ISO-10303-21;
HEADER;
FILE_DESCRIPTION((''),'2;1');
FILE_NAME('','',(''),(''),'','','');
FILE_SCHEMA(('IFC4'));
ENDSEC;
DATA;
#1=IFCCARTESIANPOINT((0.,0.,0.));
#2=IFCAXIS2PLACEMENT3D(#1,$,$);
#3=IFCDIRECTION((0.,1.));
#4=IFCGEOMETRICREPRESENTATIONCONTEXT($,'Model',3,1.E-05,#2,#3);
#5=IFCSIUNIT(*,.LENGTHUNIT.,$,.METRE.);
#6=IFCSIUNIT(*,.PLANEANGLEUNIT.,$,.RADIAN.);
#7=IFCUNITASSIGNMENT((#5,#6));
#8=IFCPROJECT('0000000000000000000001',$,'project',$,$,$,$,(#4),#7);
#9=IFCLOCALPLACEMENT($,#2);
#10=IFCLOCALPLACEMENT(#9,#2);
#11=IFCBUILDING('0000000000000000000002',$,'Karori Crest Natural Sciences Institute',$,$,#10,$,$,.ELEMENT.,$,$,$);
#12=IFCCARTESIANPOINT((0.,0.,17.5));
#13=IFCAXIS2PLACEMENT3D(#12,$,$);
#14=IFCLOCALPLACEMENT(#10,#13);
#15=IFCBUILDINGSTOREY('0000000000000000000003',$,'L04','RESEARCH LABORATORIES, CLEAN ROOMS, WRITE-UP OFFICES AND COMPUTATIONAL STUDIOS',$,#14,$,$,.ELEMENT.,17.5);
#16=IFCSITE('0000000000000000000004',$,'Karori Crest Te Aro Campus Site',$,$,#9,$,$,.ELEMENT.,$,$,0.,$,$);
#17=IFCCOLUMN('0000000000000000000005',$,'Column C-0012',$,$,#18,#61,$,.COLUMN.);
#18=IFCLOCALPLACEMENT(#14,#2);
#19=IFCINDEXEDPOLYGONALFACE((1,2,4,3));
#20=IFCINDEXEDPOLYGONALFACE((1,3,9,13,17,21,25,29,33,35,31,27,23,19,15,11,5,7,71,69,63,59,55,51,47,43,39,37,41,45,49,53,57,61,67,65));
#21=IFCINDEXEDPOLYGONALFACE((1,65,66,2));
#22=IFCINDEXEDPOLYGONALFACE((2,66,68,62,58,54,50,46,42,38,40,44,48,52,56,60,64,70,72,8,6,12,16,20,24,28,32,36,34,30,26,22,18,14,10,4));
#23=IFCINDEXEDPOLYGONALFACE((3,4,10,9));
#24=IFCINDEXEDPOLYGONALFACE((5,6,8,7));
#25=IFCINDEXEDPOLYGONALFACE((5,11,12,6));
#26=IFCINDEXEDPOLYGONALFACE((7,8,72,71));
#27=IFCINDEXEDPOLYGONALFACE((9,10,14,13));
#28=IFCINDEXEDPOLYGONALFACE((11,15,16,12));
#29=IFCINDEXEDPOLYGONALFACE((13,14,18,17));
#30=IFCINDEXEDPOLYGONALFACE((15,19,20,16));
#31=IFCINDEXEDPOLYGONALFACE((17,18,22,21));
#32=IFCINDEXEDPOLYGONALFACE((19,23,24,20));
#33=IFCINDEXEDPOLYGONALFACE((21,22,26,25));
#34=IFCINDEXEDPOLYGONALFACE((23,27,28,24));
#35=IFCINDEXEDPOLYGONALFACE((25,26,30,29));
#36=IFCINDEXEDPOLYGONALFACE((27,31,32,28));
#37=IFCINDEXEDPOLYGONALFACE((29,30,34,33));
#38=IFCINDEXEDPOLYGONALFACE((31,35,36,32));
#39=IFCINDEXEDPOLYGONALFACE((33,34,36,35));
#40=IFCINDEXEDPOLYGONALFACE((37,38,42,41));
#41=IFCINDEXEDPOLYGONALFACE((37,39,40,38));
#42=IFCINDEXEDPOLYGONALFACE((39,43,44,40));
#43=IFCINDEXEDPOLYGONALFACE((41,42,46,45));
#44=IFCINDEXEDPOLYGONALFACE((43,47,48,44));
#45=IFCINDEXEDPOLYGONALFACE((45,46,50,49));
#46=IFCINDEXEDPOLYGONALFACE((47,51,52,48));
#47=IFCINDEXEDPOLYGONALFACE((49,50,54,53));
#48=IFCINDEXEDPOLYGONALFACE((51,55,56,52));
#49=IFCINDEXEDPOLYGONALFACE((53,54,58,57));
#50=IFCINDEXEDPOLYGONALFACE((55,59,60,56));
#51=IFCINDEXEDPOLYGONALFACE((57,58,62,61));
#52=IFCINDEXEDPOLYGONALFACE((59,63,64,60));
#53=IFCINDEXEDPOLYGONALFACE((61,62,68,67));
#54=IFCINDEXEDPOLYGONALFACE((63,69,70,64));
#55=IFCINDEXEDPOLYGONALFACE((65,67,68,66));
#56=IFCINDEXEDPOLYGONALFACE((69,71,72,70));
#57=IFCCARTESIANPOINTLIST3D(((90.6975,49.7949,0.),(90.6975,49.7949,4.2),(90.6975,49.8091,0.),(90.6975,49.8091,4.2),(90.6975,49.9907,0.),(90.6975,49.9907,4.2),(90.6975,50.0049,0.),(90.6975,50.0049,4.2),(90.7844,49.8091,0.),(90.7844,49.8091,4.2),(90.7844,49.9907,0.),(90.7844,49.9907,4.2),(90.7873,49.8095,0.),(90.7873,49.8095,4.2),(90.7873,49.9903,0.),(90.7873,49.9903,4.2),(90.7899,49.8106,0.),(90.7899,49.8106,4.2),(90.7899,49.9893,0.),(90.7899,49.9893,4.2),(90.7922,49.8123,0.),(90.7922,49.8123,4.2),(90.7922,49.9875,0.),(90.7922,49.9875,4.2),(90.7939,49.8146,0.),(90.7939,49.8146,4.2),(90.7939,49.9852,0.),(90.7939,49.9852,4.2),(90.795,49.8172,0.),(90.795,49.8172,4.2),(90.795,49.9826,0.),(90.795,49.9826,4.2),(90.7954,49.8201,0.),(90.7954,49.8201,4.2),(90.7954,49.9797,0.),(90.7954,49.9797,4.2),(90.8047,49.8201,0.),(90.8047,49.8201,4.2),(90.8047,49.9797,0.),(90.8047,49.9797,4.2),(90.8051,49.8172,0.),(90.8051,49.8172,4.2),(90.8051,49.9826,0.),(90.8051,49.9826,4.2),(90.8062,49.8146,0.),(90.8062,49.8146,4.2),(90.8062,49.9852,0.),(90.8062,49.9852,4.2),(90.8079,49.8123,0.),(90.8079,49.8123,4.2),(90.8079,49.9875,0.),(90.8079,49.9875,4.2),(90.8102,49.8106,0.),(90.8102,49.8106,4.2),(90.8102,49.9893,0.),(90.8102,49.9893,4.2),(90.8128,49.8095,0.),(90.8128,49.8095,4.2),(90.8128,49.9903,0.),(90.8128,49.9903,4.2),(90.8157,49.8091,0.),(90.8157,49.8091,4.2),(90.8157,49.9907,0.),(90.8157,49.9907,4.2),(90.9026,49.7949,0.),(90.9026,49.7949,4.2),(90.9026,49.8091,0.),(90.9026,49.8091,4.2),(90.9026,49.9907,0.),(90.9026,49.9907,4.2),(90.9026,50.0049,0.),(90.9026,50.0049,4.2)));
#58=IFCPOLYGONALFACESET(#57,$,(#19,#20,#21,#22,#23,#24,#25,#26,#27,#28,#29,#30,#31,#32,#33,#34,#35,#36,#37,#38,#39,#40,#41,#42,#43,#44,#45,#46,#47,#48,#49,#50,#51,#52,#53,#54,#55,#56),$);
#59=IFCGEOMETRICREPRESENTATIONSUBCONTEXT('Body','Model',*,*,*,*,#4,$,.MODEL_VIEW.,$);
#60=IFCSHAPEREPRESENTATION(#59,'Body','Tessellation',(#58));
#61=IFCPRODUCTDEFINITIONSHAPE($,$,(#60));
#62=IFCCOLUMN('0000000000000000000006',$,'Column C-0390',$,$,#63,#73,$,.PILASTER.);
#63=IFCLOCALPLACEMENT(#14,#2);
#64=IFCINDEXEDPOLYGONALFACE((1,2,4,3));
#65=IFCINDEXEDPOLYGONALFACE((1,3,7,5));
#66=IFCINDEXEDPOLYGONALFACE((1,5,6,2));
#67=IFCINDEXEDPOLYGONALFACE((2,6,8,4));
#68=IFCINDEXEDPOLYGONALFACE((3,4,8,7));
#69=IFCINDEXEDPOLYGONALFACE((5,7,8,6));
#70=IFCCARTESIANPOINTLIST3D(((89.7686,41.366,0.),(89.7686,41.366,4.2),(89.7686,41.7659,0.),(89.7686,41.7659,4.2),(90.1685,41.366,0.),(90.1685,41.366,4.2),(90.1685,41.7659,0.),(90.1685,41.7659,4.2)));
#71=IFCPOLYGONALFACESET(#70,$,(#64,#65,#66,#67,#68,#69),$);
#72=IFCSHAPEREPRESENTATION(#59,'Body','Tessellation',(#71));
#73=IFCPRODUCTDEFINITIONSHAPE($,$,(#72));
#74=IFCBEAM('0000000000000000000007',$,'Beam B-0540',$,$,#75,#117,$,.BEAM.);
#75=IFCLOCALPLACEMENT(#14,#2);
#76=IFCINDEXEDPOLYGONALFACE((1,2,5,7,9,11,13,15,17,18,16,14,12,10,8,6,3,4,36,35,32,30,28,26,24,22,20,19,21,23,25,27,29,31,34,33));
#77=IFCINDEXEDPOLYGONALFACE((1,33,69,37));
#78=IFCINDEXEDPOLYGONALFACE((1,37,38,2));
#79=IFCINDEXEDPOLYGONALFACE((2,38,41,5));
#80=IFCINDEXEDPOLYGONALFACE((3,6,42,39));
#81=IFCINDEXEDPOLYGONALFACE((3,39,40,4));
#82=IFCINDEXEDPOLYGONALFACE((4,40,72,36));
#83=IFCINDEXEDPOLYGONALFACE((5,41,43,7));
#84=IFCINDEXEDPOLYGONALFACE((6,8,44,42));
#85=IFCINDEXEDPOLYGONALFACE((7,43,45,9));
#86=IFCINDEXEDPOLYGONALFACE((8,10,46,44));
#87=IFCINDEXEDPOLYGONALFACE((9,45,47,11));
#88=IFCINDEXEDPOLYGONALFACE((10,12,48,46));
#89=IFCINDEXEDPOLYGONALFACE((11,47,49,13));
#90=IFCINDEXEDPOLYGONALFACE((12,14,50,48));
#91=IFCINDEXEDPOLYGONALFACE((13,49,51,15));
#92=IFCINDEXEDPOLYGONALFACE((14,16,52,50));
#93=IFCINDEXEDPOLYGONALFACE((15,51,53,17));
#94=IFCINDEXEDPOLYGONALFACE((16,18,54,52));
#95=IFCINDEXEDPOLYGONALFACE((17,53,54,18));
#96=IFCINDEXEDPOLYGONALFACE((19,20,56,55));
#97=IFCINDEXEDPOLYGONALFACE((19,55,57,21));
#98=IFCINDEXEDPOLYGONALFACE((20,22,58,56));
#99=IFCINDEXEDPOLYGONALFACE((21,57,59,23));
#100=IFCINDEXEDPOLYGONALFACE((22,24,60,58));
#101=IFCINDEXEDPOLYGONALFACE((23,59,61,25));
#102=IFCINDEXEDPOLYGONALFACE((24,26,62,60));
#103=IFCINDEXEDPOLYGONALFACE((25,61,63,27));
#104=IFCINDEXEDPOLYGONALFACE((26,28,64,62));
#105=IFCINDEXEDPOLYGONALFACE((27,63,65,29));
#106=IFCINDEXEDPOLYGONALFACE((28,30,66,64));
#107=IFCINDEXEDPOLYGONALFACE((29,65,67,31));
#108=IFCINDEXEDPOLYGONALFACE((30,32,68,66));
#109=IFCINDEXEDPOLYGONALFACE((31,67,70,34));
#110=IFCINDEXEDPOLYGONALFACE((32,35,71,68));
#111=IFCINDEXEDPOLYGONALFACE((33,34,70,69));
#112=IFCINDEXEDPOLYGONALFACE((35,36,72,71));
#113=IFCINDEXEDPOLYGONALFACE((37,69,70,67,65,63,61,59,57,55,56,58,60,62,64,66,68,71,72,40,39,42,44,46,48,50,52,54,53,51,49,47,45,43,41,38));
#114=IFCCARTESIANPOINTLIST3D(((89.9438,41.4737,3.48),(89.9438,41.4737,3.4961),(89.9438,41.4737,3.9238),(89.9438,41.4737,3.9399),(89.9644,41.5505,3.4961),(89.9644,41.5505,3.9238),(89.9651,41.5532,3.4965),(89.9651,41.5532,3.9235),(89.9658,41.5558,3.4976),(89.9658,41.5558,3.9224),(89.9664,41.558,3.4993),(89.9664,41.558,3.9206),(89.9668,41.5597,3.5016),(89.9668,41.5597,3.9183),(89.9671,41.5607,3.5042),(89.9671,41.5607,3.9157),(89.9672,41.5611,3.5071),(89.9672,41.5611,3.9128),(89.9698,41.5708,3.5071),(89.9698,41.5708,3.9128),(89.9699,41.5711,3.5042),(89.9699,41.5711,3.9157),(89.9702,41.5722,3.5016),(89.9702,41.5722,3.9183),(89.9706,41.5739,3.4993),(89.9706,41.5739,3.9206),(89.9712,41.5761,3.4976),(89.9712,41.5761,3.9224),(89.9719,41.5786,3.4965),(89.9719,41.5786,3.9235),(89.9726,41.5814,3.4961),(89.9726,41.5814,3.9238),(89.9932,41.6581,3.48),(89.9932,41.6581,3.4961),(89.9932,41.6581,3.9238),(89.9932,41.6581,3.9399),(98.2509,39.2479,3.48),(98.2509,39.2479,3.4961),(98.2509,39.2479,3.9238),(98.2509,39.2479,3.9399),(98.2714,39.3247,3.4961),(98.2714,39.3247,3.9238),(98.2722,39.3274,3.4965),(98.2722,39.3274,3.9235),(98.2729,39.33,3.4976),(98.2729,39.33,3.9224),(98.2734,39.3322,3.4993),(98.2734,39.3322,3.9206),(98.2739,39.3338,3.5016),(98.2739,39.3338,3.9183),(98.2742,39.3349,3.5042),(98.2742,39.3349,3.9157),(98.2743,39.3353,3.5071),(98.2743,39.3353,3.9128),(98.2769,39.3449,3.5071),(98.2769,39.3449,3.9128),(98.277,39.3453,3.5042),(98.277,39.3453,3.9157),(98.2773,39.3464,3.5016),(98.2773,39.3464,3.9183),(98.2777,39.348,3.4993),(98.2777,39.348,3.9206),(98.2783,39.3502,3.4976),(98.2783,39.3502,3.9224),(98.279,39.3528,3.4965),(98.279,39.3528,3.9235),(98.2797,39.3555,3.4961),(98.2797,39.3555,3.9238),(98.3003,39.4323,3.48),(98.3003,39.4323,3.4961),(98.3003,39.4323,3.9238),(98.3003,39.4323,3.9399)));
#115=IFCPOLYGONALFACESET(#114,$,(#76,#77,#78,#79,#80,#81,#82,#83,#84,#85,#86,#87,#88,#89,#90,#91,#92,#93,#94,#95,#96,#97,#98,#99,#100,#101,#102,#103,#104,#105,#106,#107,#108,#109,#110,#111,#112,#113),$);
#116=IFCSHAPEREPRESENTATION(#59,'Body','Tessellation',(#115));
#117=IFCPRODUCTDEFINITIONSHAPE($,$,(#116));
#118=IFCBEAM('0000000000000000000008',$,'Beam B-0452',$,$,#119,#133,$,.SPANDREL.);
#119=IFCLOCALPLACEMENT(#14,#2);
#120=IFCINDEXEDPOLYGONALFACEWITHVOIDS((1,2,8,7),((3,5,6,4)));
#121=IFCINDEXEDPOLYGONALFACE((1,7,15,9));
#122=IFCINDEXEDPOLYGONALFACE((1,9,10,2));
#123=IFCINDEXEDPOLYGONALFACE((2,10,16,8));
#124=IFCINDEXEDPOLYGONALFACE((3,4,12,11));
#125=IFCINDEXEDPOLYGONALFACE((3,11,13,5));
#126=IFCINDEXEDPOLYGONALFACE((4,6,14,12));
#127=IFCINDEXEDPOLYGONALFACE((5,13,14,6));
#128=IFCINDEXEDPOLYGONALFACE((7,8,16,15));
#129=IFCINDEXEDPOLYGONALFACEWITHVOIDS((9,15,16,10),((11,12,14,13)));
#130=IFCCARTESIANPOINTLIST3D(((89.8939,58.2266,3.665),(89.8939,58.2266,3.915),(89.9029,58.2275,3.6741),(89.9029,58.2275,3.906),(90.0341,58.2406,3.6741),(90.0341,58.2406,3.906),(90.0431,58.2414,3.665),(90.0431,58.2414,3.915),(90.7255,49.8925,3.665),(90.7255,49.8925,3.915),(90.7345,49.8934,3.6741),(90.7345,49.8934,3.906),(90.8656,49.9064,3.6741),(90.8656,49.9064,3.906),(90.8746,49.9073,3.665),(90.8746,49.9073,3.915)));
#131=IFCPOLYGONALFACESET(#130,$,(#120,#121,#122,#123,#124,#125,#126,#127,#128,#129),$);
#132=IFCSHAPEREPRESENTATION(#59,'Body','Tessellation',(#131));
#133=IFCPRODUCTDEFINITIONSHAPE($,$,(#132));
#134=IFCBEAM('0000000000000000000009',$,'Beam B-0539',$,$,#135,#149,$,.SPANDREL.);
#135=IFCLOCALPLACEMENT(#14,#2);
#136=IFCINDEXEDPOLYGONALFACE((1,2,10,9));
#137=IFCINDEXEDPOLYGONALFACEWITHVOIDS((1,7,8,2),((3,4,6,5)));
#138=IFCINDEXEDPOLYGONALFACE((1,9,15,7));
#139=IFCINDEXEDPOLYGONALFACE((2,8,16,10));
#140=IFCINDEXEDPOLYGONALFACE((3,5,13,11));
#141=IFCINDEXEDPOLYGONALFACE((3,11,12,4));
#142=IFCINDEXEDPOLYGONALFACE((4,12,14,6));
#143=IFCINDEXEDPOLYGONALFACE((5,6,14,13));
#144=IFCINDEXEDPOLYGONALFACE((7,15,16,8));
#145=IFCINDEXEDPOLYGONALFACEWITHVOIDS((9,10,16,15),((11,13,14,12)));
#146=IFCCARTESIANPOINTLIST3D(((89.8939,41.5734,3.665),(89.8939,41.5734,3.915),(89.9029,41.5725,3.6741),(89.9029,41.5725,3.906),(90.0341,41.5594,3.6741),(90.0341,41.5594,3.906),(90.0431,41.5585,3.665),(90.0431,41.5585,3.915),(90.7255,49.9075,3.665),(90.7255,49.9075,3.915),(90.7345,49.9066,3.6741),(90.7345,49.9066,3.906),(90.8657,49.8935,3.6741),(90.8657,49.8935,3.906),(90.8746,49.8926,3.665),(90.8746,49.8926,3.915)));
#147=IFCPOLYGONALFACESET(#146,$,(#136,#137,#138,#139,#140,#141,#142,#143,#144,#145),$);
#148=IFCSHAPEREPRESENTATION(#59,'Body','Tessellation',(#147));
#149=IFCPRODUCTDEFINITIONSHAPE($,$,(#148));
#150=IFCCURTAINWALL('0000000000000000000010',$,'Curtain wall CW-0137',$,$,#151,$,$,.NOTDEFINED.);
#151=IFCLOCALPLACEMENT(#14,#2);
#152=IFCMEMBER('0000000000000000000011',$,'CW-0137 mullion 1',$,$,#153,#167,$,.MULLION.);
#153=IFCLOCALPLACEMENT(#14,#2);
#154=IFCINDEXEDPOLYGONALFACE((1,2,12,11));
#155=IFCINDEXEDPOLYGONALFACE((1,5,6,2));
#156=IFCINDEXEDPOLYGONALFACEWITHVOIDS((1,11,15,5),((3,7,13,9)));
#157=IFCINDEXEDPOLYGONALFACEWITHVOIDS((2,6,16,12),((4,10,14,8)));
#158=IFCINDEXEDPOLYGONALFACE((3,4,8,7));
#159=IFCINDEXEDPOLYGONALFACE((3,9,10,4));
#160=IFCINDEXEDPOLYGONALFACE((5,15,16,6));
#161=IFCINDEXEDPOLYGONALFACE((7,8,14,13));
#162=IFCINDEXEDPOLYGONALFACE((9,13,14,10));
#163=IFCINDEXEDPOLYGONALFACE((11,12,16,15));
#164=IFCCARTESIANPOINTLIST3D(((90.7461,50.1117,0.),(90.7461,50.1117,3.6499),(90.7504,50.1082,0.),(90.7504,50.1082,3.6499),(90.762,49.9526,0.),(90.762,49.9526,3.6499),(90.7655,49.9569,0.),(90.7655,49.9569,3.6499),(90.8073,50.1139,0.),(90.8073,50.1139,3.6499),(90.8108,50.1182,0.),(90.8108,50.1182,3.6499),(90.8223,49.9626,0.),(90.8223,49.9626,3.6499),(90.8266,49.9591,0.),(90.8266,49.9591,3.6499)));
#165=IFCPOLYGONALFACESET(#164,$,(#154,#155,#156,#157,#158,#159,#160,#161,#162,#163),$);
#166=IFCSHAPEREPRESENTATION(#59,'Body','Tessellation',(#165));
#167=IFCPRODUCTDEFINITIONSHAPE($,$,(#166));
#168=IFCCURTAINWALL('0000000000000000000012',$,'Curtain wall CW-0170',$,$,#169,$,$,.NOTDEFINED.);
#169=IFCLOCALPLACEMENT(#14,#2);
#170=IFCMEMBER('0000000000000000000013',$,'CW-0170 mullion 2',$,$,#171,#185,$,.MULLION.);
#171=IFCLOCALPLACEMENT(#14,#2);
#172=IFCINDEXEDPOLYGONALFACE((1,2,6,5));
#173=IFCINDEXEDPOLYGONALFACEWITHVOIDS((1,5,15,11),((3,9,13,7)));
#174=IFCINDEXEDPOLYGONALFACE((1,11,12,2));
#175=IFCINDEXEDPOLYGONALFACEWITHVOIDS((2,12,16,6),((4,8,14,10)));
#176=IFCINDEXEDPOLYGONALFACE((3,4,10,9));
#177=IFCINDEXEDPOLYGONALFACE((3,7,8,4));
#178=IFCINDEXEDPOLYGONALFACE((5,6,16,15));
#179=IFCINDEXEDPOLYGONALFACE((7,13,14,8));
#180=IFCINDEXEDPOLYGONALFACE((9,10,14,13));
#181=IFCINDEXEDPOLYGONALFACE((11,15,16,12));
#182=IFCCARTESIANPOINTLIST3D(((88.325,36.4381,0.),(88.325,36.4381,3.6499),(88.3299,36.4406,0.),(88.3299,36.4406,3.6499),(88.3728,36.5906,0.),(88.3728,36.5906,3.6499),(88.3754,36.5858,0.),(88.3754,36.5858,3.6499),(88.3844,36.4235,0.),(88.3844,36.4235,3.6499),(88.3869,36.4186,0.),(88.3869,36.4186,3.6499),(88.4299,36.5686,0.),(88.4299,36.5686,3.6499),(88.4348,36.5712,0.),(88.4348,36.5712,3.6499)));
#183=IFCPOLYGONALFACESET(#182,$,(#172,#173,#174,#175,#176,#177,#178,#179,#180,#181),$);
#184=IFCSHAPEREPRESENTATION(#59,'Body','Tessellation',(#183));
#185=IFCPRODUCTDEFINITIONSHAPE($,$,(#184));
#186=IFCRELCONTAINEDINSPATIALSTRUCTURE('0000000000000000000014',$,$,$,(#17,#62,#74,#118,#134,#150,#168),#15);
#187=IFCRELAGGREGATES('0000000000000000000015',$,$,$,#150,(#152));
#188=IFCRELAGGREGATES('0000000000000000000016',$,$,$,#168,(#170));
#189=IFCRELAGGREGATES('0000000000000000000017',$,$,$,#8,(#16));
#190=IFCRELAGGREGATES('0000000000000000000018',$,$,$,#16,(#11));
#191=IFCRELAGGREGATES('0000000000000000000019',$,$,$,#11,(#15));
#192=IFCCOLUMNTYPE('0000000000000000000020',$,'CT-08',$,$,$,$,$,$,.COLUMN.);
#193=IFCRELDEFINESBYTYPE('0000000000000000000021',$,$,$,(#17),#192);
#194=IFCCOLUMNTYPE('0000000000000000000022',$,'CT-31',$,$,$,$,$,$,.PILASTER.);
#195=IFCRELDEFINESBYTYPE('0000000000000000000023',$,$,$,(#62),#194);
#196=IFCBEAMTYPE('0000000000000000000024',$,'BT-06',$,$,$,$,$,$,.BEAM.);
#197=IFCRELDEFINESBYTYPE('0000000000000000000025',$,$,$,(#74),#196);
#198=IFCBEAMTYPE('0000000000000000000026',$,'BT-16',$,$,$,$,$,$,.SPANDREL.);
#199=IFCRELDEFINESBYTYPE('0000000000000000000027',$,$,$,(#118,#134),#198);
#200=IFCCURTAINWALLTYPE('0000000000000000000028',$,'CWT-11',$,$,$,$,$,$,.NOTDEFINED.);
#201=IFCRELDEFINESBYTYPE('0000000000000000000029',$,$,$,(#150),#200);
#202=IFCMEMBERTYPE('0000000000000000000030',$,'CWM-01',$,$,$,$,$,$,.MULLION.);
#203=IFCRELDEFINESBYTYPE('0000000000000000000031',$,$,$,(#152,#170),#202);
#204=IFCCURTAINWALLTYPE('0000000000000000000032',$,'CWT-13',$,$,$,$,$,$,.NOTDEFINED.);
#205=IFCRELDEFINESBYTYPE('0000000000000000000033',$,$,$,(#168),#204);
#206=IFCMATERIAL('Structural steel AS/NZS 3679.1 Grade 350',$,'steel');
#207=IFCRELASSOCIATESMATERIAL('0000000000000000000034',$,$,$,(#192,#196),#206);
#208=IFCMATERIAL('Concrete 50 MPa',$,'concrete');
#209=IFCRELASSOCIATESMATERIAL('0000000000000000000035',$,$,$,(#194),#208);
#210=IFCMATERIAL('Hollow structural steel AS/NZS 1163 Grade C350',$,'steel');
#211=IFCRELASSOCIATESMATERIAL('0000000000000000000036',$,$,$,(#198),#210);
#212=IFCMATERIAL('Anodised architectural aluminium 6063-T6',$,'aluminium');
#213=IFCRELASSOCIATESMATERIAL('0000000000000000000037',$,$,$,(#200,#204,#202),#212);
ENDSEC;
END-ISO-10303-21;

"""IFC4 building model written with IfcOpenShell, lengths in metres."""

from ifc_helpers import new_model, si_unit, direction, frame, origin, origin_2d, place, context, subcontext, project, spatial, rectangle, hollow_rectangle, i_section, extrude, material, material_profile, profile_set, type_object, element, aggregate, save


model = new_model("IFC4")

# Units and contexts
model_context = context("Model", 3, precision=1e-05, world=origin(), true_north=direction((0.0, 1.0)))
body_context = subcontext(model_context, "Body", "Model", "MODEL_VIEW")
ifc_project = project(units=[si_unit("LENGTHUNIT", "METRE"), si_unit("PLANEANGLEUNIT", "RADIAN")], contexts=[model_context])

# Site, building, storey
site_placement = place(None, origin())
site = spatial("IfcSite", under=ifc_project, at=site_placement, Name="Karori Crest Te Aro Campus Site", CompositionType="ELEMENT", RefElevation=0.0)
building_placement = place(site_placement, origin())
building = spatial("IfcBuilding", under=site, at=building_placement, Name="Karori Crest Natural Sciences Institute", CompositionType="ELEMENT")
storey_placement = place(building_placement, frame((0.0, 0.0, 17.5)))
storey = spatial("IfcBuildingStorey", under=building, at=storey_placement, Name="L04", Description="RESEARCH LABORATORIES, CLEAN ROOMS, WRITE-UP OFFICES AND COMPUTATIONAL STUDIOS", CompositionType="ELEMENT", Elevation=17.5)

# Columns
ifc_material_1 = material(Name="Structural steel AS/NZS 3679.1 Grade 350", Category="steel")
ifc_material_profile_1 = material_profile(ifc_material_1, i_section(OverallWidth=0.2051, OverallDepth=0.21, WebThickness=0.0093, FlangeThickness=0.0142, FilletRadius=0.011, at=origin_2d()), Name="200UC59.5")
ifc_profile_set_1 = profile_set([ifc_material_profile_1], Name="Structural steel AS/NZS 3679.1 Grade 350")
column_type_1 = type_object("IfcColumnType", Name="CT-08", PredefinedType="COLUMN", material=ifc_profile_set_1)
column_1_placement = place(storey_placement, frame((90.8, 49.8999, 0.0), z_axis=(0.0, 0.0, 1.0), x_axis=(1.0, 0.0, 0.0)))
element("IfcColumn", 1, at=column_1_placement, inside=storey, type_object=column_type_1, Name="Column C-0012", PredefinedType="COLUMN", context=body_context, shape_type="SweptSolid", body=[
    extrude(i_section(OverallWidth=0.2051, OverallDepth=0.21, WebThickness=0.0093, FlangeThickness=0.0142, FilletRadius=0.011, at=origin_2d()), origin(), (0.0, 0.0, 1.0), 4.2),
])
ifc_material_2 = material(Name="Concrete 50 MPa", Category="concrete")
ifc_material_profile_2 = material_profile(ifc_material_2, rectangle(XDim=0.3999, YDim=0.3999, at=origin_2d()), Name="RC400x400")
ifc_profile_set_2 = profile_set([ifc_material_profile_2], Name="Concrete 50 MPa")
column_type_2 = type_object("IfcColumnType", Name="CT-31", PredefinedType="PILASTER", material=ifc_profile_set_2)
column_2_placement = place(storey_placement, frame((89.9685, 41.5659, 0.0), z_axis=(0.0, 0.0, 1.0), x_axis=(1.0, 0.0, 0.0)))
element("IfcColumn", 2, at=column_2_placement, inside=storey, type_object=column_type_2, Name="Column C-0390", PredefinedType="PILASTER", context=body_context, shape_type="SweptSolid", body=[
    extrude(rectangle(XDim=0.3999, YDim=0.3999, at=origin_2d()), origin(), (0.0, 0.0, 1.0), 4.2),
])

# Beams
ifc_material_profile_3 = material_profile(ifc_material_1, i_section(OverallWidth=0.1909, OverallDepth=0.46, WebThickness=0.01, FlangeThickness=0.0161, FilletRadius=0.011, at=origin_2d()), Name="460UB82.1")
ifc_profile_set_3 = profile_set([ifc_material_profile_3], Name="Structural steel AS/NZS 3679.1 Grade 350")
beam_type_1 = type_object("IfcBeamType", Name="BT-06", PredefinedType="BEAM", material=ifc_profile_set_3)
beam_placement = place(storey_placement, frame((89.9685, 41.5659, 3.71), z_axis=(0.965928, -0.258813, 0.0), x_axis=(0.258813, 0.965928, 0.0)))
element("IfcBeam", 3, at=beam_placement, inside=storey, type_object=beam_type_1, Name="Beam B-0540", PredefinedType="BEAM", context=body_context, shape_type="SweptSolid", body=[
    extrude(i_section(OverallWidth=0.1909, OverallDepth=0.46, WebThickness=0.01, FlangeThickness=0.0161, FilletRadius=0.011, at=origin_2d()), origin(), (0.0, 0.0, 1.0), 8.6001),
])
ifc_material_3 = material(Name="Hollow structural steel AS/NZS 1163 Grade C350", Category="steel")
ifc_material_profile_4 = material_profile(ifc_material_3, hollow_rectangle(XDim=0.1499, YDim=0.25, WallThickness=0.009, at=origin_2d()), Name="RHS250x150x9")
ifc_profile_set_4 = profile_set([ifc_material_profile_4], Name="Hollow structural steel AS/NZS 1163 Grade C350")
beam_type_2 = type_object("IfcBeamType", Name="BT-16", PredefinedType="SPANDREL", material=ifc_profile_set_4)
for number, where, z_axis, x_axis, name in (
    (4, (90.8, 49.8999, 3.79), (-0.099284, 0.995059, 0.0), (-0.995059, -0.099284, 0.0), "Beam B-0452"),
    (5, (89.9685, 41.5659, 3.79), (0.099284, 0.995059, 0.0), (-0.995059, 0.099284, 0.0), "Beam B-0539"),
):
    element("IfcBeam", number, at=place(storey_placement, frame(where, z_axis=z_axis, x_axis=x_axis)), inside=storey, type_object=beam_type_2, Name=name, PredefinedType="SPANDREL", context=body_context, shape_type="SweptSolid", body=[
        extrude(hollow_rectangle(XDim=0.1499, YDim=0.25, WallThickness=0.009, at=origin_2d()), origin(), (0.0, 0.0, 1.0), 8.3755),
    ])

# Curtain wall, member
ifc_material_4 = material(Name="Anodised architectural aluminium 6063-T6", Category="aluminium")
curtain_wall_type_1 = type_object("IfcCurtainWallType", Name="CWT-11", PredefinedType="NOTDEFINED", material=ifc_material_4)
curtain_wall_1_placement = place(storey_placement, origin())
curtain_wall_1 = element("IfcCurtainWall", 6, at=curtain_wall_1_placement, inside=storey, type_object=curtain_wall_type_1, Name="Curtain wall CW-0137", PredefinedType="NOTDEFINED")
ifc_material_profile_5 = material_profile(ifc_material_4, hollow_rectangle(XDim=0.0649, YDim=0.1599, WallThickness=0.0039, at=origin_2d()), Name="CWM160x65x4")
ifc_profile_set_5 = profile_set([ifc_material_profile_5], Name="Anodised architectural aluminium 6063-T6")
member_type_1 = type_object("IfcMemberType", Name="CWM-01", PredefinedType="MULLION", material=ifc_profile_set_5)
member_1_placement = place(storey_placement, frame((90.7864, 50.0354, 0.0), z_axis=(0.0, 0.0, 1.0), x_axis=(-0.995061, -0.099268, 0.0)))
member_1 = element("IfcMember", 7, at=member_1_placement, type_object=member_type_1, Name="CW-0137 mullion 1", PredefinedType="MULLION", context=body_context, shape_type="SweptSolid", body=[
    extrude(hollow_rectangle(XDim=0.0649, YDim=0.1599, WallThickness=0.0039, at=origin_2d()), origin(), (0.0, 0.0, 1.0), 3.6499),
])

# Curtain wall, member
curtain_wall_type_2 = type_object("IfcCurtainWallType", Name="CWT-13", PredefinedType="NOTDEFINED", material=ifc_material_4)
curtain_wall_2_placement = place(storey_placement, origin())
curtain_wall_2 = element("IfcCurtainWall", 8, at=curtain_wall_2_placement, inside=storey, type_object=curtain_wall_type_2, Name="Curtain wall CW-0170", PredefinedType="NOTDEFINED")
member_2_placement = place(storey_placement, frame((88.3799, 36.5046, 0.0), z_axis=(0.0, 0.0, 1.0), x_axis=(-0.954104, 0.299475, 0.0)))
member_2 = element("IfcMember", 9, at=member_2_placement, type_object=member_type_1, Name="CW-0170 mullion 2", PredefinedType="MULLION", context=body_context, shape_type="SweptSolid", body=[
    extrude(hollow_rectangle(XDim=0.0649, YDim=0.1599, WallThickness=0.0039, at=origin_2d()), origin(), (0.0, 0.0, 1.0), 3.6499),
])

aggregate(curtain_wall_1, [member_1])

aggregate(curtain_wall_2, [member_2])

save(model, "model.ifc")
